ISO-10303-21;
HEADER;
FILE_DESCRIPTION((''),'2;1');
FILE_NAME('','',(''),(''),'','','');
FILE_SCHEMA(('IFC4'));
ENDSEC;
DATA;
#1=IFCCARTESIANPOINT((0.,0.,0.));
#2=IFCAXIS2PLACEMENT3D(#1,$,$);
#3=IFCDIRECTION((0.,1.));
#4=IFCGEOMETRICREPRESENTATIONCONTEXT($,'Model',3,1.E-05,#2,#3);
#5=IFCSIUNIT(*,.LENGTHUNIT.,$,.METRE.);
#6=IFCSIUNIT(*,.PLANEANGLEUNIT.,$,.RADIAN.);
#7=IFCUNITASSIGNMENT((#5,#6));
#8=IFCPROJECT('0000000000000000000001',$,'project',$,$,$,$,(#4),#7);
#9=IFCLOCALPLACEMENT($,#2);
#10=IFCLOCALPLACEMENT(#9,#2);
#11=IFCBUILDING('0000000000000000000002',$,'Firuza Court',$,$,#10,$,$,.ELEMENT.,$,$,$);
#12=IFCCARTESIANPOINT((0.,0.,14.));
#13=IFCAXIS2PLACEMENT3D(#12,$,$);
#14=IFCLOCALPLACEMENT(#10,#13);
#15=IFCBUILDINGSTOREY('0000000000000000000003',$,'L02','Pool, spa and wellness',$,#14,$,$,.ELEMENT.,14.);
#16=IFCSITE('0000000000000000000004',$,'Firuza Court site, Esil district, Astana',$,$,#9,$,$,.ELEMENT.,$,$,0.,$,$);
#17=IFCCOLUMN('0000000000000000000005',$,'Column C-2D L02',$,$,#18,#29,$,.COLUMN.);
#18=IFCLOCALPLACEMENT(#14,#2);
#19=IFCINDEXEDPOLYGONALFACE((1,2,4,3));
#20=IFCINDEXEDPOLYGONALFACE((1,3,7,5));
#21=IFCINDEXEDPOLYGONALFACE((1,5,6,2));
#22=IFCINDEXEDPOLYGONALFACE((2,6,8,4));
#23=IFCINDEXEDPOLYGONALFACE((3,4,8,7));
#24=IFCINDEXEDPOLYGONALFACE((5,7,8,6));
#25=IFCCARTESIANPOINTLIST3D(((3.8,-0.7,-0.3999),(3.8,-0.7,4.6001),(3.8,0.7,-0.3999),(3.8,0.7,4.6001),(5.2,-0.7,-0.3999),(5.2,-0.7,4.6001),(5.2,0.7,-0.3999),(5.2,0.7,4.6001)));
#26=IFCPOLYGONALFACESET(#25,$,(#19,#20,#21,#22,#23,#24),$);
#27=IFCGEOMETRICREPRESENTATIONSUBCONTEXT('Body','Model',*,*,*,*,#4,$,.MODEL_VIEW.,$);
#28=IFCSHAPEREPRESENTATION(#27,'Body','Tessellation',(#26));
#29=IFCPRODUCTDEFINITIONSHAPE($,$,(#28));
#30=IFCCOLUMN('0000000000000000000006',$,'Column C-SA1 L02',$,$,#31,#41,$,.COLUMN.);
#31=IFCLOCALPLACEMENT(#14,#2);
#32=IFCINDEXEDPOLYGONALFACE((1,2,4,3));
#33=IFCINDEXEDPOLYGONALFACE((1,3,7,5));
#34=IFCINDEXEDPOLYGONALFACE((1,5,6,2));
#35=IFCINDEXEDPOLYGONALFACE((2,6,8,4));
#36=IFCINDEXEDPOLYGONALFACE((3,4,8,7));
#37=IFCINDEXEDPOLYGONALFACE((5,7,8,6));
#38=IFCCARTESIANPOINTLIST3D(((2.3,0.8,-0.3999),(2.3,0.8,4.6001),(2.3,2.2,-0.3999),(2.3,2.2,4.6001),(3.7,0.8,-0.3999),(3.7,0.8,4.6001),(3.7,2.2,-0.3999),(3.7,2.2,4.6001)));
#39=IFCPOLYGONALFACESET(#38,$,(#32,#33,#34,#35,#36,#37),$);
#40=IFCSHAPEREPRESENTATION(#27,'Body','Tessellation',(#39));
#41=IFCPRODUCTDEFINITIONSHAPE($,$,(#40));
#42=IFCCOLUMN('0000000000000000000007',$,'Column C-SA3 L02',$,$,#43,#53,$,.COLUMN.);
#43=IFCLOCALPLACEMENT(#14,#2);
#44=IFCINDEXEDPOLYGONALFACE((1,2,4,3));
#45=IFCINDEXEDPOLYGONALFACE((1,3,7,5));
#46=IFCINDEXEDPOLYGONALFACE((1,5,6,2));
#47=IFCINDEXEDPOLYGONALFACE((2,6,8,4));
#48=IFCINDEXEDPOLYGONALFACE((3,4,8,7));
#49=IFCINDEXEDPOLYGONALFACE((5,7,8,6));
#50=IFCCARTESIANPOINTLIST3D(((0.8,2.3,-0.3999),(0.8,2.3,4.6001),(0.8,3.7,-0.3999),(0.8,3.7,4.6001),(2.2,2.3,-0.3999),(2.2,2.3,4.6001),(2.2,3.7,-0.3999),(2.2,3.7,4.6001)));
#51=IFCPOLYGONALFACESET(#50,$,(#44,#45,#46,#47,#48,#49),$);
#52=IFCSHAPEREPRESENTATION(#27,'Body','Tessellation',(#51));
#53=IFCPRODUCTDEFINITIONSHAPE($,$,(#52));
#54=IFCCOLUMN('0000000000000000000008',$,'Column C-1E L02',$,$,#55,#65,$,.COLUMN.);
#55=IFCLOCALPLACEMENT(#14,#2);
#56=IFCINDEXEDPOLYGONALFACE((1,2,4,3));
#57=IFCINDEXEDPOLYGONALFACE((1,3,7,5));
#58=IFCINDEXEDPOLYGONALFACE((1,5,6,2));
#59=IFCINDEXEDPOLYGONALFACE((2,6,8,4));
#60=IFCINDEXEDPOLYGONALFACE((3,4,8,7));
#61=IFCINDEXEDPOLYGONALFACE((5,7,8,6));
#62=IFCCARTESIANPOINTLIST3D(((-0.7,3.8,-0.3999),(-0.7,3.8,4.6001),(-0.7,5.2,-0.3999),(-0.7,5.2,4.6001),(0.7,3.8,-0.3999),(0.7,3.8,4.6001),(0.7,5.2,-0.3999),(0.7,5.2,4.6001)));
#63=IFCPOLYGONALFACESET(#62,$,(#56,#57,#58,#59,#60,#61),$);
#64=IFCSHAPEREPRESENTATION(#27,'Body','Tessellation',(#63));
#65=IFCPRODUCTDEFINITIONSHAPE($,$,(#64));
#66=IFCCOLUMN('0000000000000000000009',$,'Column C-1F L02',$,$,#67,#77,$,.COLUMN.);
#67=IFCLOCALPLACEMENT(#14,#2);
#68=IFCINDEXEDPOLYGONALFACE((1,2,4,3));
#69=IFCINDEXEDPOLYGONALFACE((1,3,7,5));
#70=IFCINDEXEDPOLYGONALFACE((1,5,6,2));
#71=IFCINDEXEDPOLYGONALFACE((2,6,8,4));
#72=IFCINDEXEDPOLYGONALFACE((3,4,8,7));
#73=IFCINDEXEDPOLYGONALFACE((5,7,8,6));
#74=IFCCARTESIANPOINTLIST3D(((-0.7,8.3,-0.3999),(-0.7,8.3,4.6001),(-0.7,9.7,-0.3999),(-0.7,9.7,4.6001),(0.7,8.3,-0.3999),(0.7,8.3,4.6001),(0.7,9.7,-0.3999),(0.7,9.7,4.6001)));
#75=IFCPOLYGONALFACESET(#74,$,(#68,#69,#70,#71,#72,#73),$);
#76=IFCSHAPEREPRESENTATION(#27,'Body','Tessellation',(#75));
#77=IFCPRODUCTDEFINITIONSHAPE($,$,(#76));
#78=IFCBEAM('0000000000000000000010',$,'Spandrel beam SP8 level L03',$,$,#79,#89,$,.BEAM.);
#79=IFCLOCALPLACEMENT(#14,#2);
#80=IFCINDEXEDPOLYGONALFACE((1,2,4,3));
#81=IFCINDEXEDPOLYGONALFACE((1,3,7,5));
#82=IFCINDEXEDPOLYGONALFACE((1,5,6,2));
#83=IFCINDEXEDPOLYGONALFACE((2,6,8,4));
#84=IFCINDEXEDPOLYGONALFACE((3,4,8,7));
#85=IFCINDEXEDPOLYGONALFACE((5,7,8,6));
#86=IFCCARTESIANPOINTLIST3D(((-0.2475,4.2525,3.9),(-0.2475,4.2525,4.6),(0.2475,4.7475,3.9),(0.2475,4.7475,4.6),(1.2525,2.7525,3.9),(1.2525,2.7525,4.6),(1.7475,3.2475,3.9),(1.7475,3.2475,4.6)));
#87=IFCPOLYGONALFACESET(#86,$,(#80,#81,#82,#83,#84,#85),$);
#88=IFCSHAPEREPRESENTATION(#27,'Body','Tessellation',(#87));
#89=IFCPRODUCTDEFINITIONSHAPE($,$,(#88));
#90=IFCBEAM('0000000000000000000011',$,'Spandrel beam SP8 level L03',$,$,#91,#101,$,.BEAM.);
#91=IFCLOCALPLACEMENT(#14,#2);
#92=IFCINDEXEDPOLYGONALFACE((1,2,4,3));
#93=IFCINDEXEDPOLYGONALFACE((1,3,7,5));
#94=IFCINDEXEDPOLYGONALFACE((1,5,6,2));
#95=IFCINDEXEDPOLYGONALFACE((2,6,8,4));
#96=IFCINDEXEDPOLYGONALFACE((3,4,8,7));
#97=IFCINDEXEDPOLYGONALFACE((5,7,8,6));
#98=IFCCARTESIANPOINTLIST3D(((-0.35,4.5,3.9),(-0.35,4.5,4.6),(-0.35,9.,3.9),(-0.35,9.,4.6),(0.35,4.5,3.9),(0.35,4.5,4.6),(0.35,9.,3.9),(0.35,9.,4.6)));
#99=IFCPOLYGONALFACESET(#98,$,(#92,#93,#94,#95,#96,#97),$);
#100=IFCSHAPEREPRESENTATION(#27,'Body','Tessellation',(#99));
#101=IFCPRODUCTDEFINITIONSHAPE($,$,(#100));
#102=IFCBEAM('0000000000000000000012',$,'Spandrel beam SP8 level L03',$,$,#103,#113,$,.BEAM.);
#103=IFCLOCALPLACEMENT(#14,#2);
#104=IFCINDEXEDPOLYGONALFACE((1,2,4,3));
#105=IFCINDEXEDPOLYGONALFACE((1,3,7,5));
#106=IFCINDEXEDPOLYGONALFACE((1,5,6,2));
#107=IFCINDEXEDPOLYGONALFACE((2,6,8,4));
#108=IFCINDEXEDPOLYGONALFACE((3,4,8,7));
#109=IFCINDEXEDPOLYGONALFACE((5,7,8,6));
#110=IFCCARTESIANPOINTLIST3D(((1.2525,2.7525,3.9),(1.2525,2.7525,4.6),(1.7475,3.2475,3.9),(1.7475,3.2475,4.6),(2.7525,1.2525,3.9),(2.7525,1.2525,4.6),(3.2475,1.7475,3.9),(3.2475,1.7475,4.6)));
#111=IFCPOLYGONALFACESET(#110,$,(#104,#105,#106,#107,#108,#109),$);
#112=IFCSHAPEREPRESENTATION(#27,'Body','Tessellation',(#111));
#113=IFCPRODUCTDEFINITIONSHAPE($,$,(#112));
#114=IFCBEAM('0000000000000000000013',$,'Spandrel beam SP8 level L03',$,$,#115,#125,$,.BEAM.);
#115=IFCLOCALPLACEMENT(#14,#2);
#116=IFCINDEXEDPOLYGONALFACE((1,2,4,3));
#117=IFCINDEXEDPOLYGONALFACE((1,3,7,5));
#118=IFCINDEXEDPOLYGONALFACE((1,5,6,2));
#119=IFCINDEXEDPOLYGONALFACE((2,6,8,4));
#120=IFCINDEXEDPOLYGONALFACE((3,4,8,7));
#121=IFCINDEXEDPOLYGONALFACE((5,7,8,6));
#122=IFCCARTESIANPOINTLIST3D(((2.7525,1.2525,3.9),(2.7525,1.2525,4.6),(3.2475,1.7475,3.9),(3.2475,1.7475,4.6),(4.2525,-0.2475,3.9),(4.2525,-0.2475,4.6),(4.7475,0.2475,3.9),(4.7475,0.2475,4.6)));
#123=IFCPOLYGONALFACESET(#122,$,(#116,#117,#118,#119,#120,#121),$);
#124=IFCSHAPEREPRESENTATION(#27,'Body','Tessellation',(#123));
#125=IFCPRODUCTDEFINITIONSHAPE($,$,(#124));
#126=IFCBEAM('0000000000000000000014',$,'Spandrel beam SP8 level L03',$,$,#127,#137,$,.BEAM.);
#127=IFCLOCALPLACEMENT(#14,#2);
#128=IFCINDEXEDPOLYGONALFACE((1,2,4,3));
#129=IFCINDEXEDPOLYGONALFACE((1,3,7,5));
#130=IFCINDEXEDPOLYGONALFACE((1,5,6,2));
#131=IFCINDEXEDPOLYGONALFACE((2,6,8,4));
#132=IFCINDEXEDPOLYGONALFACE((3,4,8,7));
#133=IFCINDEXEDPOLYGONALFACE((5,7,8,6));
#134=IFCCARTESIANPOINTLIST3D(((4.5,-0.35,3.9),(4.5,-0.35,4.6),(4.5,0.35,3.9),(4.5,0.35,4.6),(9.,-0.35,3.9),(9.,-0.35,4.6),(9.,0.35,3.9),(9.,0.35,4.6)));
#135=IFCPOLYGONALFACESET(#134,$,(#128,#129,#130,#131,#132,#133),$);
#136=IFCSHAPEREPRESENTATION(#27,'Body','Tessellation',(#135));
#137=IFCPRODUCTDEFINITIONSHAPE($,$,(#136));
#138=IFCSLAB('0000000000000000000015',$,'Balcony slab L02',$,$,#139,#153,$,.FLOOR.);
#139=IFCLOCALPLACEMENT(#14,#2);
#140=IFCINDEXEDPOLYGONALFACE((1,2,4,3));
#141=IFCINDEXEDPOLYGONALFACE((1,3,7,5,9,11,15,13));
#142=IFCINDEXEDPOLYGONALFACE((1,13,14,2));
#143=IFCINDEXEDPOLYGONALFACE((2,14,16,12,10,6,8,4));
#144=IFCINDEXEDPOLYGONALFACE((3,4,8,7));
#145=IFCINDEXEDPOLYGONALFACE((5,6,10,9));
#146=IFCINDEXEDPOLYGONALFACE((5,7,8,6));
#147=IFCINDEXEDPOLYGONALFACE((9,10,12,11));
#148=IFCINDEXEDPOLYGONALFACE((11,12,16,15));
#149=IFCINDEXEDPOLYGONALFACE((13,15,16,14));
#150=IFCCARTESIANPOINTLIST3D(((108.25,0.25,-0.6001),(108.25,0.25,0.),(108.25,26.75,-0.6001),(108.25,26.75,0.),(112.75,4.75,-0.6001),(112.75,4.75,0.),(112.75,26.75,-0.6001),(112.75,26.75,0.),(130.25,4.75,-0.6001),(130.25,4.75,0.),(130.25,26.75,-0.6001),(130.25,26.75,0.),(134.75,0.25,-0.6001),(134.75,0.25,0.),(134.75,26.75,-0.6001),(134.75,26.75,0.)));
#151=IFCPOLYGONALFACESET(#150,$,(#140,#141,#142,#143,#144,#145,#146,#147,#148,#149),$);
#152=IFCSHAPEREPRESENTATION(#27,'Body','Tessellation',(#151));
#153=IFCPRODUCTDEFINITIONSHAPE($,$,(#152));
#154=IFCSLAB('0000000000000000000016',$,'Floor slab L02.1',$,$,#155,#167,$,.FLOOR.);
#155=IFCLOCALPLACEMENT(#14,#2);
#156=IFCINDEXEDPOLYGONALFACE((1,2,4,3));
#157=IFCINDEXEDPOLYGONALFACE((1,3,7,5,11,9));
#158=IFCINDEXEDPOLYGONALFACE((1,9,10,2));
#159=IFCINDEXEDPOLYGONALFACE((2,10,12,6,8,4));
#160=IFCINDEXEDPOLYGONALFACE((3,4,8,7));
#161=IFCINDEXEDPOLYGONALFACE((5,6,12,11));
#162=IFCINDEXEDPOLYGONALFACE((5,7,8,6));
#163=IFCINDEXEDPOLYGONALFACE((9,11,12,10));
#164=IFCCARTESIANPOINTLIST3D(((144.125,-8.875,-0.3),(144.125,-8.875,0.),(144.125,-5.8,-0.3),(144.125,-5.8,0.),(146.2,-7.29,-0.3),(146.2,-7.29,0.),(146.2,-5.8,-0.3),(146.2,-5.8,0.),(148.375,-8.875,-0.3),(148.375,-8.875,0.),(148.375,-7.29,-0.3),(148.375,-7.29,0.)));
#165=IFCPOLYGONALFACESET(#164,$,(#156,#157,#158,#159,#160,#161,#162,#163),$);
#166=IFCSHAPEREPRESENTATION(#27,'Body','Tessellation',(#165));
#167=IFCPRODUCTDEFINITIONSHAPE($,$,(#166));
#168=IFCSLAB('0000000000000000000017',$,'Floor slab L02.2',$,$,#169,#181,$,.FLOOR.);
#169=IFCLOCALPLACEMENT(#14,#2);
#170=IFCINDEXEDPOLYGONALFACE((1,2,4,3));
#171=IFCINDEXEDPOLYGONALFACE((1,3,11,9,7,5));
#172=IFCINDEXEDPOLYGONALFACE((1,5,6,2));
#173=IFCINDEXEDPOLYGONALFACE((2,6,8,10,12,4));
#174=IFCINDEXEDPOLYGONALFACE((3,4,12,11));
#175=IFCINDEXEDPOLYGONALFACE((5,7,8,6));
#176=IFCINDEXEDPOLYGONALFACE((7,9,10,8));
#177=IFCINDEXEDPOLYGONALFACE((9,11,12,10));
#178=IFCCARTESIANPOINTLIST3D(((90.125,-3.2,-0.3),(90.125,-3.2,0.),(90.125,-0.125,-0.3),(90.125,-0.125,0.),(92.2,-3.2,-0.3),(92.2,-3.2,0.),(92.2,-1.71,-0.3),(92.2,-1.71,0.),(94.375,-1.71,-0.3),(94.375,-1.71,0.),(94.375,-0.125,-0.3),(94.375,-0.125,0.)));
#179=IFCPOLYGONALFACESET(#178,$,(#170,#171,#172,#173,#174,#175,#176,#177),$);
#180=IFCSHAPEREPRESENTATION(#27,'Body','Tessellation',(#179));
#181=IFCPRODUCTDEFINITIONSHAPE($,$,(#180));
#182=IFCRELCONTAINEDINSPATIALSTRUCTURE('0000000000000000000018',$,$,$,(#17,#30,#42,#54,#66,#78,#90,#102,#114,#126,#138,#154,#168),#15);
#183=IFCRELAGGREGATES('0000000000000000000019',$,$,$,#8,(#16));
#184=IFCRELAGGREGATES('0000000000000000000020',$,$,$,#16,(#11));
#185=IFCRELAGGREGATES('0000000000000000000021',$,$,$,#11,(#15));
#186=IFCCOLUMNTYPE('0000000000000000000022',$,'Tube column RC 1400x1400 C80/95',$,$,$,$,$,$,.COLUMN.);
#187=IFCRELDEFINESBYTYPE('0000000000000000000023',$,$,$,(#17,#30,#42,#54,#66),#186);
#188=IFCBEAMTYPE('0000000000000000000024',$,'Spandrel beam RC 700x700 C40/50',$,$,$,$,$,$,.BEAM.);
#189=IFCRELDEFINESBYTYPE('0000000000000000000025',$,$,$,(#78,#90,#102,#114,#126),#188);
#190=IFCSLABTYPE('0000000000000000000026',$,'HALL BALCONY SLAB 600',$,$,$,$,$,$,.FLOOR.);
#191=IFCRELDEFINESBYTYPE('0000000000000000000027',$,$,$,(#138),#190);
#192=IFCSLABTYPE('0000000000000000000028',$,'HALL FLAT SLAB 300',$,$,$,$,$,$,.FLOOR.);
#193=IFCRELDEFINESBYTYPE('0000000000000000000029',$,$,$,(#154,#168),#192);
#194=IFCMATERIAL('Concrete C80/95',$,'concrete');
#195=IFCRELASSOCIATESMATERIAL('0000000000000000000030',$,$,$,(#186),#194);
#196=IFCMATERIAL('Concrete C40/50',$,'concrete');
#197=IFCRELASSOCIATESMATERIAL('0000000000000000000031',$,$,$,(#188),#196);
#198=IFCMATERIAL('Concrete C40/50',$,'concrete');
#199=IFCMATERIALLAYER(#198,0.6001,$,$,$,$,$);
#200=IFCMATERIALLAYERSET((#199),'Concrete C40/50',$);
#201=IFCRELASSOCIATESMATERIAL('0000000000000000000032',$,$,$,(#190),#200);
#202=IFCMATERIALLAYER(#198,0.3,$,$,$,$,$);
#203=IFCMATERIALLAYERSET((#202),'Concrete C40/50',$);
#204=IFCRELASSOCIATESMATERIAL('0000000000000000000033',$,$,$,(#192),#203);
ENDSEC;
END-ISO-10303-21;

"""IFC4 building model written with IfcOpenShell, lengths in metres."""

from ifc_helpers import new_model, si_unit, direction, frame, origin, origin_2d, place, context, subcontext, project, spatial, polyline, rectangle, outline, extrude, material, layer, layer_set, material_profile, profile_set, type_object, element, save


model = new_model("IFC4")

# Units and contexts
model_context = context("Model", 3, precision=1e-05, world=origin(), true_north=direction((0.0, 1.0)))
body_context = subcontext(model_context, "Body", "Model", "MODEL_VIEW")
ifc_project = project(units=[si_unit("LENGTHUNIT", "METRE"), si_unit("PLANEANGLEUNIT", "RADIAN")], contexts=[model_context])

# Site, building, storey
site_placement = place(None, origin())
site = spatial("IfcSite", under=ifc_project, at=site_placement, Name="Firuza Court site, Esil district, Astana", CompositionType="ELEMENT", RefElevation=0.0)
building_placement = place(site_placement, origin())
building = spatial("IfcBuilding", under=site, at=building_placement, Name="Firuza Court", CompositionType="ELEMENT")
storey_placement = place(building_placement, frame((0.0, 0.0, 14.0)))
storey = spatial("IfcBuildingStorey", under=building, at=storey_placement, Name="L02", Description="Pool, spa and wellness", CompositionType="ELEMENT", Elevation=14.0)

# Columns
ifc_material_1 = material(Name="Concrete C80/95", Category="concrete")
ifc_material_profile_1 = material_profile(ifc_material_1, rectangle(XDim=1.3999, YDim=1.3999, at=origin_2d()), Name="RC 1400x1400")
ifc_profile_set_1 = profile_set([ifc_material_profile_1], Name="Concrete C80/95")
column_type = type_object("IfcColumnType", Name="Tube column RC 1400x1400 C80/95", PredefinedType="COLUMN", material=ifc_profile_set_1)
for number, where, z_axis, x_axis, name in (
    (1, (4.5, 0.0, -0.3999), (0.0, 0.0, 1.0), (1.0, 0.0, 0.0), "Column C-2D L02"),
    (2, (3.0, 1.5, -0.3999), (0.0, 0.0, 1.0), (1.0, 0.0, 0.0), "Column C-SA1 L02"),
    (3, (1.5, 3.0, -0.3999), (0.0, 0.0, 1.0), (1.0, 0.0, 0.0), "Column C-SA3 L02"),
    (4, (0.0, 4.5, -0.3999), (0.0, 0.0, 1.0), (1.0, 0.0, 0.0), "Column C-1E L02"),
    (5, (0.0, 9.0, -0.3999), (0.0, 0.0, 1.0), (1.0, 0.0, 0.0), "Column C-1F L02"),
):
    element("IfcColumn", number, at=place(storey_placement, frame(where, z_axis=z_axis, x_axis=x_axis)), inside=storey, type_object=column_type, Name=name, PredefinedType="COLUMN", context=body_context, shape_type="SweptSolid", body=[
        extrude(rectangle(XDim=1.3999, YDim=1.3999, at=origin_2d()), origin(), (0.0, 0.0, 1.0), 5.0),
    ])

# Beams
ifc_material_2 = material(Name="Concrete C40/50", Category="concrete")
ifc_material_profile_2 = material_profile(ifc_material_2, rectangle(XDim=0.7, YDim=0.7, at=origin_2d()), Name="RC 700x700")
ifc_profile_set_2 = profile_set([ifc_material_profile_2], Name="Concrete C40/50")
beam_type = type_object("IfcBeamType", Name="Spandrel beam RC 700x700 C40/50", PredefinedType="BEAM", material=ifc_profile_set_2)
beam_1_placement = place(storey_placement, frame((0.0, 4.5, 4.25), z_axis=(0.707107, -0.707107, 0.0), x_axis=(0.707107, 0.707107, 0.0)))
element("IfcBeam", 6, at=beam_1_placement, inside=storey, type_object=beam_type, Name="Spandrel beam SP8 level L03", PredefinedType="BEAM", context=body_context, shape_type="SweptSolid", body=[
    extrude(rectangle(XDim=0.7, YDim=0.7, at=origin_2d()), origin(), (0.0, 0.0, 1.0), 2.1213),
])
beam_2_placement = place(storey_placement, frame((0.0, 9.0, 4.25), z_axis=(0.0, -1.0, 0.0), x_axis=(1.0, 0.0, 0.0)))
element("IfcBeam", 7, at=beam_2_placement, inside=storey, type_object=beam_type, Name="Spandrel beam SP8 level L03", PredefinedType="BEAM", context=body_context, shape_type="SweptSolid", body=[
    extrude(rectangle(XDim=0.7, YDim=0.7, at=origin_2d()), origin(), (0.0, 0.0, 1.0), 4.5),
])
for number, where, z_axis, x_axis, name in (
    (8, (1.5, 3.0, 4.25), (0.707107, -0.707107, 0.0), (0.707107, 0.707107, 0.0), "Spandrel beam SP8 level L03"),
    (9, (3.0, 1.5, 4.25), (0.707107, -0.707107, 0.0), (0.707107, 0.707107, 0.0), "Spandrel beam SP8 level L03"),
):
    element("IfcBeam", number, at=place(storey_placement, frame(where, z_axis=z_axis, x_axis=x_axis)), inside=storey, type_object=beam_type, Name=name, PredefinedType="BEAM", context=body_context, shape_type="SweptSolid", body=[
        extrude(rectangle(XDim=0.7, YDim=0.7, at=origin_2d()), origin(), (0.0, 0.0, 1.0), 2.1213),
    ])
beam_3_placement = place(storey_placement, frame((4.5, 0.0, 4.25), z_axis=(1.0, 0.0, 0.0), x_axis=(0.0, 1.0, 0.0)))
element("IfcBeam", 10, at=beam_3_placement, inside=storey, type_object=beam_type, Name="Spandrel beam SP8 level L03", PredefinedType="BEAM", context=body_context, shape_type="SweptSolid", body=[
    extrude(rectangle(XDim=0.7, YDim=0.7, at=origin_2d()), origin(), (0.0, 0.0, 1.0), 4.5),
])

# Slabs
ifc_material_3 = material(Name="Concrete C40/50", Category="concrete")
ifc_layer_1 = layer(ifc_material_3, 0.6001)
ifc_layer_set_1 = layer_set([ifc_layer_1], Name="Concrete C40/50")
slab_type_1 = type_object("IfcSlabType", Name="HALL BALCONY SLAB 600", PredefinedType="FLOOR", material=ifc_layer_set_1)
slab_1_placement = place(storey_placement, frame((0.0, 0.0, -0.6001)))
element("IfcSlab", 11, at=slab_1_placement, inside=storey, type_object=slab_type_1, Name="Balcony slab L02", PredefinedType="FLOOR", context=body_context, shape_type="SweptSolid", body=[
    extrude(outline(polyline([(134.75, 26.75), (134.75, 0.25), (108.25, 0.25), (108.25, 26.75), (112.75, 26.75), (112.75, 4.75), (130.25, 4.75), (130.25, 26.75), (134.75, 26.75)])), origin(), (0.0, 0.0, 1.0), 0.6001),
])
ifc_layer_2 = layer(ifc_material_3, 0.3)
ifc_layer_set_2 = layer_set([ifc_layer_2], Name="Concrete C40/50")
slab_type_2 = type_object("IfcSlabType", Name="HALL FLAT SLAB 300", PredefinedType="FLOOR", material=ifc_layer_set_2)
slab_2_placement = place(storey_placement, frame((0.0, 0.0, -0.3)))
element("IfcSlab", 12, at=slab_2_placement, inside=storey, type_object=slab_type_2, Name="Floor slab L02.1", PredefinedType="FLOOR", context=body_context, shape_type="SweptSolid", body=[
    extrude(outline(polyline([(144.125, -8.875), (144.125, -5.8), (146.2, -5.8), (146.2, -7.29), (148.375, -7.29), (148.375, -8.875), (144.125, -8.875)])), origin(), (0.0, 0.0, 1.0), 0.3),
])
slab_3_placement = place(storey_placement, frame((0.0, 0.0, -0.3)))
element("IfcSlab", 13, at=slab_3_placement, inside=storey, type_object=slab_type_2, Name="Floor slab L02.2", PredefinedType="FLOOR", context=body_context, shape_type="SweptSolid", body=[
    extrude(outline(polyline([(90.125, -3.2), (90.125, -0.125), (94.375, -0.125), (94.375, -1.71), (92.2, -1.71), (92.2, -3.2), (90.125, -3.2)])), origin(), (0.0, 0.0, 1.0), 0.3),
])

save(model, "model.ifc")
